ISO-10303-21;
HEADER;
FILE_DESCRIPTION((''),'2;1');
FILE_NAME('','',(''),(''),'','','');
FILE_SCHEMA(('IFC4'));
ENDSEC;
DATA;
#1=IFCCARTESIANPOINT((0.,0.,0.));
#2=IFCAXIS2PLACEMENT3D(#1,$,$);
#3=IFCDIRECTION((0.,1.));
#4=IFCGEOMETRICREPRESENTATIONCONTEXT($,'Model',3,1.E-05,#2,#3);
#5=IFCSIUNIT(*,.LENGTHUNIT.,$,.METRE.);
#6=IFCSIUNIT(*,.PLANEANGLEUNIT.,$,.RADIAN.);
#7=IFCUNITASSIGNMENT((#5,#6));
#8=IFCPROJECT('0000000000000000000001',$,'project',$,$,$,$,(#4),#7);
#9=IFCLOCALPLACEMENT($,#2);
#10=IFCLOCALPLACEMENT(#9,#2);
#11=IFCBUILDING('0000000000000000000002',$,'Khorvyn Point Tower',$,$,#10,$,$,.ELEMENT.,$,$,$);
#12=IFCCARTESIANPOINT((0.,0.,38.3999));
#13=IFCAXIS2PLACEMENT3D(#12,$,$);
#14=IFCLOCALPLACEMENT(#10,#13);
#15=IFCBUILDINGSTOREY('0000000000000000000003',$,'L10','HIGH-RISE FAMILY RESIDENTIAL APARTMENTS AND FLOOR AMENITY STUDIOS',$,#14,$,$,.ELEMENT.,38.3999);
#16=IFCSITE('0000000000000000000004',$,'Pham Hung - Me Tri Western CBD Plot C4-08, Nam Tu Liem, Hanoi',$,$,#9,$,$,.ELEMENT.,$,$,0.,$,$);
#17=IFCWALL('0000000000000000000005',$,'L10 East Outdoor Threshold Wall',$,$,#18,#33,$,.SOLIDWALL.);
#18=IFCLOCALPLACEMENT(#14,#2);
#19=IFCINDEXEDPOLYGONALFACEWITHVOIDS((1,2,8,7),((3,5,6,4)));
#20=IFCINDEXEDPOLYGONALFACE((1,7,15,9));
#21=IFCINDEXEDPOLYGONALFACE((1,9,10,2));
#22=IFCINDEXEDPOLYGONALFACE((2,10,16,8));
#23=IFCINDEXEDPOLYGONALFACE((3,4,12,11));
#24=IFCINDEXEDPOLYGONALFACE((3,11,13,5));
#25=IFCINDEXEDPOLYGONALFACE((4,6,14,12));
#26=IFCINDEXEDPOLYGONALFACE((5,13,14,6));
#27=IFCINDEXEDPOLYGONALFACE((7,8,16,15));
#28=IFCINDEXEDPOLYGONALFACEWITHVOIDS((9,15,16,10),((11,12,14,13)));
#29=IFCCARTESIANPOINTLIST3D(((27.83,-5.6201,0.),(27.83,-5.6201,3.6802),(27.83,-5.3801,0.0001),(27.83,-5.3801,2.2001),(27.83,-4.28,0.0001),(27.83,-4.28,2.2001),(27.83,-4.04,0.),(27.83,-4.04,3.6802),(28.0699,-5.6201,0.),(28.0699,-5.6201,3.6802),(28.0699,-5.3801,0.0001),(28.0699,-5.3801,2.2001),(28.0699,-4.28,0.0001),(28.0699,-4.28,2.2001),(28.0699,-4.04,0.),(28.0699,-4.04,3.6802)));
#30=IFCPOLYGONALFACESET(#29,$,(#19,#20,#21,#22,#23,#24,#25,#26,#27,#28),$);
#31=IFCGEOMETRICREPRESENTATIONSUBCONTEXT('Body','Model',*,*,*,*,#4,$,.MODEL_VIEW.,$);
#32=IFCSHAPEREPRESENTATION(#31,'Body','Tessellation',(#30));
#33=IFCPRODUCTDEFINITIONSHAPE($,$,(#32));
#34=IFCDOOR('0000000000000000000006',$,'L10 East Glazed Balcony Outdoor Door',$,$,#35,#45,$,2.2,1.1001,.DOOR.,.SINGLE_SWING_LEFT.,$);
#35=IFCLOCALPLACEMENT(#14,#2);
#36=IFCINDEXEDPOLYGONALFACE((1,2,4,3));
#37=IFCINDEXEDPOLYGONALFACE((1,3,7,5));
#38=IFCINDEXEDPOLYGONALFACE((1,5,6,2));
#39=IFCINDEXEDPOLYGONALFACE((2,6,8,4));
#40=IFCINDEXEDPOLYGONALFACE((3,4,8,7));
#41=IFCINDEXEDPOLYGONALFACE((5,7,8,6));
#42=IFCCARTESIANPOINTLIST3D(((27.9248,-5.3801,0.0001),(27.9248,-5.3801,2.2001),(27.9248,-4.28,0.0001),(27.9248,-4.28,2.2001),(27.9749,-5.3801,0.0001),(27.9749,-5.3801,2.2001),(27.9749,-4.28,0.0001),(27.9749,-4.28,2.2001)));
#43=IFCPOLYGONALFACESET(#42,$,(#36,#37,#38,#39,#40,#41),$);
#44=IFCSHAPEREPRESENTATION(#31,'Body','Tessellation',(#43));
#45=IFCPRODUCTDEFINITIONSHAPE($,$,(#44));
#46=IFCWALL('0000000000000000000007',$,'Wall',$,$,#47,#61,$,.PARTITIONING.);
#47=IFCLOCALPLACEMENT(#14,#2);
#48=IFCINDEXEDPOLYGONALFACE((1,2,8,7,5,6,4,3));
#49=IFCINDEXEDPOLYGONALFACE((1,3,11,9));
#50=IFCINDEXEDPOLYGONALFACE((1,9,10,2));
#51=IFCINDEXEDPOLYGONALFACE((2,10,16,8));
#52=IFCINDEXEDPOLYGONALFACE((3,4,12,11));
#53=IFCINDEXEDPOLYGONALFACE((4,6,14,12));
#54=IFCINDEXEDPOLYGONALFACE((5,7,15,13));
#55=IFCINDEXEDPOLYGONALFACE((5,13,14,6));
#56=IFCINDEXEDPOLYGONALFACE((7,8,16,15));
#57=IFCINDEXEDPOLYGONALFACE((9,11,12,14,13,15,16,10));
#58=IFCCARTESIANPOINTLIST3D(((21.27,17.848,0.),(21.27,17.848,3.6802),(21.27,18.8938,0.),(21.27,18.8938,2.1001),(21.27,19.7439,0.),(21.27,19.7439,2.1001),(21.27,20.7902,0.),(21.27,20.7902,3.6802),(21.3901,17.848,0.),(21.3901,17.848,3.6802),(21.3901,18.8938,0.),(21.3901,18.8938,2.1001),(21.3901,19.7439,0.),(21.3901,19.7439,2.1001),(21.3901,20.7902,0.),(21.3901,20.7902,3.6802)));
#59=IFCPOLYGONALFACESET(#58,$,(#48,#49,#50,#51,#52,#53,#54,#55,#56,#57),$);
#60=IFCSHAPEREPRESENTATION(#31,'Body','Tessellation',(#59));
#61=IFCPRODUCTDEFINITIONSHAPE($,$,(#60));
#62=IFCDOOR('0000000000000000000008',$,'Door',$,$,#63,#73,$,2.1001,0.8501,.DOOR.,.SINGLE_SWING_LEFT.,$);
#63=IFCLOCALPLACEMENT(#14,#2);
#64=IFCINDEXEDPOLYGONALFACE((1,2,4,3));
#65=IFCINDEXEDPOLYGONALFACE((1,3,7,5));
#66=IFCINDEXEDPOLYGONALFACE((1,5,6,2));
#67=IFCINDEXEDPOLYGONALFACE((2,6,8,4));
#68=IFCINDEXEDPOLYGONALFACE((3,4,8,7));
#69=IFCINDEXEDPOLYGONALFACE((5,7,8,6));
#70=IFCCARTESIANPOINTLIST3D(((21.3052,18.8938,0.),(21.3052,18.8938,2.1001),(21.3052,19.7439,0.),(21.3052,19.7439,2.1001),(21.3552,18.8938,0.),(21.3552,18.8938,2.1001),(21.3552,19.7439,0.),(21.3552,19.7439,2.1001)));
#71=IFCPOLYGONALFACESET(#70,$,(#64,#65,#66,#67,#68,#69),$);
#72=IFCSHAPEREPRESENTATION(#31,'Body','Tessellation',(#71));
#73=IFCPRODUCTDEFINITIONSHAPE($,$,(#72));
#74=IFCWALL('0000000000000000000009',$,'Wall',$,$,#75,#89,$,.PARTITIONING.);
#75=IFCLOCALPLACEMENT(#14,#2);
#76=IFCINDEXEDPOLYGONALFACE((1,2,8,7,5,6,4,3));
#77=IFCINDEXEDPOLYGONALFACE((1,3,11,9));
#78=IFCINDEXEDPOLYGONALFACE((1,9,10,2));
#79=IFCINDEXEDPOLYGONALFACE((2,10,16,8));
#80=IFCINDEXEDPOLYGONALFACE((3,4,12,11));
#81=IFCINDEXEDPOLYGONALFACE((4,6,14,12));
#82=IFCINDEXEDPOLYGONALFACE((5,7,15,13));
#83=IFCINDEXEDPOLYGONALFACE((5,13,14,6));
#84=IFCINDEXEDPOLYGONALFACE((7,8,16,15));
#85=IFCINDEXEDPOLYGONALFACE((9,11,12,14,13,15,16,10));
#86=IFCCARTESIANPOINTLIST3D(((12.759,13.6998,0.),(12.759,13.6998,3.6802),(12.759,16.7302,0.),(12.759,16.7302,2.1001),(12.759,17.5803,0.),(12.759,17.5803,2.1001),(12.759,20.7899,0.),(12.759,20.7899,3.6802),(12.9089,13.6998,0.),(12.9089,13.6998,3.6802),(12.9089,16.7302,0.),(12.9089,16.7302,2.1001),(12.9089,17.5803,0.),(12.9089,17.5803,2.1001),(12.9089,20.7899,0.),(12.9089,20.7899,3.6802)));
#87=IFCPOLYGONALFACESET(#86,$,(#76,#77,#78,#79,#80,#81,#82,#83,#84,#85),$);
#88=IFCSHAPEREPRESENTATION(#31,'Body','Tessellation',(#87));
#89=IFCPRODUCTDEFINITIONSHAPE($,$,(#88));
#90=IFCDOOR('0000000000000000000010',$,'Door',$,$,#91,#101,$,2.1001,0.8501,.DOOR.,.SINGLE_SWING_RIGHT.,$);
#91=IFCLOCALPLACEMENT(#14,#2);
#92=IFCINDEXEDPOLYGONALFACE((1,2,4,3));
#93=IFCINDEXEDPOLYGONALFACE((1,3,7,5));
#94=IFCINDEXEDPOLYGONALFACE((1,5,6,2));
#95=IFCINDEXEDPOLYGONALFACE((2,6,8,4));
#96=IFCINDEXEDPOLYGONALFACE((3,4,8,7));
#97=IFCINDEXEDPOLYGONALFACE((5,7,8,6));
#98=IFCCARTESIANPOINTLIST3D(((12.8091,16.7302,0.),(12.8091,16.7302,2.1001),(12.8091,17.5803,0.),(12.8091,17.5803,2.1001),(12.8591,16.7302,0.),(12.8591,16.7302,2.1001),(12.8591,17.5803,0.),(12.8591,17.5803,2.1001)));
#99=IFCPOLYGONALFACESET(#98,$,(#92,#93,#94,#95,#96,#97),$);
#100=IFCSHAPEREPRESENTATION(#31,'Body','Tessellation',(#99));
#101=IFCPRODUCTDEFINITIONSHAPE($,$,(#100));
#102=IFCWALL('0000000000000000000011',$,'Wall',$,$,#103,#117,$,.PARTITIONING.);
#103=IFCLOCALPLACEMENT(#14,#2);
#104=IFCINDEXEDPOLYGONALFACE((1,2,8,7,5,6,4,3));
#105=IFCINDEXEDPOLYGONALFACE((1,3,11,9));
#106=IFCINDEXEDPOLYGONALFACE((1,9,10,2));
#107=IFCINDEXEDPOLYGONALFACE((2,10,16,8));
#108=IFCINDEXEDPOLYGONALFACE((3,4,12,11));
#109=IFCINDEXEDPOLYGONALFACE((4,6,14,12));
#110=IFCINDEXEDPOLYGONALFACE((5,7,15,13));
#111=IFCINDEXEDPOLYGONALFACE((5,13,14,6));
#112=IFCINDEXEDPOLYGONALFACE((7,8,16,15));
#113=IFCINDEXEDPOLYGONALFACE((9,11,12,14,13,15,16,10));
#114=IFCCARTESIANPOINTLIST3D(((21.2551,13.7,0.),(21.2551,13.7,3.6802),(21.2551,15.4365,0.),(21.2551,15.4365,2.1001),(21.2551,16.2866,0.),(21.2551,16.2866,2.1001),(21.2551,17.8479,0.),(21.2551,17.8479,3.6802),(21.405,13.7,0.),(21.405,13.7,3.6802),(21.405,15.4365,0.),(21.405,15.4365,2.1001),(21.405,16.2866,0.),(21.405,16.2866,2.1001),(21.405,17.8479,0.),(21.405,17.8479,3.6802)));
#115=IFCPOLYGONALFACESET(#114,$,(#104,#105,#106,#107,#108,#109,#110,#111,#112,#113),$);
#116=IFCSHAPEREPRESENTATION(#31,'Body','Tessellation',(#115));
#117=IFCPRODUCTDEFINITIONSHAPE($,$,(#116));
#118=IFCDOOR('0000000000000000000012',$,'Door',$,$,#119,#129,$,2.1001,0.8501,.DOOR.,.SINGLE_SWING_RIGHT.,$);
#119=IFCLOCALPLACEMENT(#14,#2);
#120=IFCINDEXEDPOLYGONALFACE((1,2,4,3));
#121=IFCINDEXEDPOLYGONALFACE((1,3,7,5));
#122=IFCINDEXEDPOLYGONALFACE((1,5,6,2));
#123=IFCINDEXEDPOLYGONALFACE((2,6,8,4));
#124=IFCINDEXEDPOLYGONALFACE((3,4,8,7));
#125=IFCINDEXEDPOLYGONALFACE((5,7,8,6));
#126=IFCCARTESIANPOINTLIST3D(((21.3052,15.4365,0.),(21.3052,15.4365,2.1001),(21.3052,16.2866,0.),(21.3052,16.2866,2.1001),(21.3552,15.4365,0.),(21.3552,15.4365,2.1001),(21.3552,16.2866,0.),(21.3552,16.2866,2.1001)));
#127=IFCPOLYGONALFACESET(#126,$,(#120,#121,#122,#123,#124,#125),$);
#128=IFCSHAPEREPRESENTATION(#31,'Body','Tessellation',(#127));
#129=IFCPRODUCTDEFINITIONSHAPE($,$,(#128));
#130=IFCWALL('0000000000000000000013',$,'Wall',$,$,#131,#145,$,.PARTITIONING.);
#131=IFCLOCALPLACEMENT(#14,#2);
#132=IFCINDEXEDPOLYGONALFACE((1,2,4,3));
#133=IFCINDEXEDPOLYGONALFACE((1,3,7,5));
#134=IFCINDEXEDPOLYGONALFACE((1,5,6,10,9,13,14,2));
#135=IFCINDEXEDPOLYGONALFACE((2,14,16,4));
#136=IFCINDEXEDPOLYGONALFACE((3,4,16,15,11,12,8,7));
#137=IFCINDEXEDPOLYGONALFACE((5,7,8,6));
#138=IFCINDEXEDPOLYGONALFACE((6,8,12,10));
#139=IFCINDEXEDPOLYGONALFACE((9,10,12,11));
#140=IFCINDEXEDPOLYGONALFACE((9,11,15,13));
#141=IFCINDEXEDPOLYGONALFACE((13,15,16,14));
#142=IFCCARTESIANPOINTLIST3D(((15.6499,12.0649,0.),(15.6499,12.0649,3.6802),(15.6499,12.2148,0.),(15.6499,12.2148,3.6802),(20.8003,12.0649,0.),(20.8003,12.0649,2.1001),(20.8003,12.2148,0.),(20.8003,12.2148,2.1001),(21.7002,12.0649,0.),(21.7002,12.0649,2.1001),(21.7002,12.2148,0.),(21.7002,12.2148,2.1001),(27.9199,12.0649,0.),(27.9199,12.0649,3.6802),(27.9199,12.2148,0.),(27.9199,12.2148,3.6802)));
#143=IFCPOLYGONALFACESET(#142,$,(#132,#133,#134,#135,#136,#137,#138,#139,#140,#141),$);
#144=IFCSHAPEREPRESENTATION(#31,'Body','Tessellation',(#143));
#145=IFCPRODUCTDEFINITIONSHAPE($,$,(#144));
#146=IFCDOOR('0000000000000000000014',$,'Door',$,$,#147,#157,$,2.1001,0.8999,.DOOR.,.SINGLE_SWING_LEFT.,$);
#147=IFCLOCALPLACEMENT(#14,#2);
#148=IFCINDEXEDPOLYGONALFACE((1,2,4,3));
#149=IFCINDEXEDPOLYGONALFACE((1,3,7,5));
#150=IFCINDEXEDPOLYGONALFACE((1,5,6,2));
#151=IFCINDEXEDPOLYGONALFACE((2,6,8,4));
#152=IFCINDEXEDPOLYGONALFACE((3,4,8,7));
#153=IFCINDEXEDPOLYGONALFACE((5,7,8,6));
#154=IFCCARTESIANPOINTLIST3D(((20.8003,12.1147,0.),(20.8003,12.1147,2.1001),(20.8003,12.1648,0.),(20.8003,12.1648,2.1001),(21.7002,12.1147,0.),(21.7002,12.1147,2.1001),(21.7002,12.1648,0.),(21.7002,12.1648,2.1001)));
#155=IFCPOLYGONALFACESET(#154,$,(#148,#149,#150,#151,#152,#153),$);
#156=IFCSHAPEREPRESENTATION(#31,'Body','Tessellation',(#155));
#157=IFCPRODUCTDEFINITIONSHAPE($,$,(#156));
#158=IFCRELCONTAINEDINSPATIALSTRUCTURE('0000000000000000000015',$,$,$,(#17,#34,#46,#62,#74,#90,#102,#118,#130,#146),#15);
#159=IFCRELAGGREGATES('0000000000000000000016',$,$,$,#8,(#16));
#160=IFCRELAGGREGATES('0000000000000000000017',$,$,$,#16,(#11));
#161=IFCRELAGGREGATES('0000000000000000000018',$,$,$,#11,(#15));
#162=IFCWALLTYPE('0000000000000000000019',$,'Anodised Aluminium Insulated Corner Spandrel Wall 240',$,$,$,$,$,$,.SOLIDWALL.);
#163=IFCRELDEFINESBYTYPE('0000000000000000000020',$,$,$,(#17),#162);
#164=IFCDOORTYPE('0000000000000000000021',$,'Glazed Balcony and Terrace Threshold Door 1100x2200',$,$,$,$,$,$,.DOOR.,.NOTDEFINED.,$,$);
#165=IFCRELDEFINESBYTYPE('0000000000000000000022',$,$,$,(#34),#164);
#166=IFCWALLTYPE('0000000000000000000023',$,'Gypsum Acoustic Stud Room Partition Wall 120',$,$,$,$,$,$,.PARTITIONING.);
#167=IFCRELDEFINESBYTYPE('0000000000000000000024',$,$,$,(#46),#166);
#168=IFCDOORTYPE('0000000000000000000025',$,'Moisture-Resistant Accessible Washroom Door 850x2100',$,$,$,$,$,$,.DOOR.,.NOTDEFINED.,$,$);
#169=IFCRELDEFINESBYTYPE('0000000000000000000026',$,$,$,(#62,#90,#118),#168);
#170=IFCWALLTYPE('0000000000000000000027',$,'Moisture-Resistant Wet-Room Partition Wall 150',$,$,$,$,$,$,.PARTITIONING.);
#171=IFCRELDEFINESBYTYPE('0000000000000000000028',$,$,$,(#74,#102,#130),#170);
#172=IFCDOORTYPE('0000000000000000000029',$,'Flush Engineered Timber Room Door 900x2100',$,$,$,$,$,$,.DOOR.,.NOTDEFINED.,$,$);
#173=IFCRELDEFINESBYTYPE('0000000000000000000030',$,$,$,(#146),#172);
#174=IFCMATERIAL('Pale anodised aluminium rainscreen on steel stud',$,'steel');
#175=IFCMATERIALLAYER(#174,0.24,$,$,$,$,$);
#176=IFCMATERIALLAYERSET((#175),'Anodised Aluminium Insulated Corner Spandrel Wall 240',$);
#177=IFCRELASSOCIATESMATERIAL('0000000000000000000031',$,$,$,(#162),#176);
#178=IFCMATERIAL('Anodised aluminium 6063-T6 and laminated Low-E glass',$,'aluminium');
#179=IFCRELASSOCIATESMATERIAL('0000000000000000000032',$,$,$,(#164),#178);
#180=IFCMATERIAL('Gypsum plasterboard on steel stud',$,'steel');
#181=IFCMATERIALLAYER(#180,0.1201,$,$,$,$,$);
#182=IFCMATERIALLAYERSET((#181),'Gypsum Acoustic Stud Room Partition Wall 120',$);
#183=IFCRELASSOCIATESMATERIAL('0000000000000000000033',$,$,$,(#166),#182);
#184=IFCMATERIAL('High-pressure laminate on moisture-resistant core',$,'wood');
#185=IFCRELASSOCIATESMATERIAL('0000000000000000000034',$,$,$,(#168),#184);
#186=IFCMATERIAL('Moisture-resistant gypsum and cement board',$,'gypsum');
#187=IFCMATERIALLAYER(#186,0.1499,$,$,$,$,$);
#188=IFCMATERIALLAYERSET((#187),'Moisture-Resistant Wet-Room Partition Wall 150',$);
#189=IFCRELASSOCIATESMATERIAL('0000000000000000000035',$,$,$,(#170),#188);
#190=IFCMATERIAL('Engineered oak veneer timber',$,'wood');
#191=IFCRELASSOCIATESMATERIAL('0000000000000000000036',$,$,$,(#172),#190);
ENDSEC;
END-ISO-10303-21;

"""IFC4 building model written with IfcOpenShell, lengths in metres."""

from ifc_helpers import new_model, si_unit, direction, frame, frame_2d, origin, place, context, subcontext, project, spatial, rectangle, extrude, material, layer, layer_set, type_object, element, fill, save


model = new_model("IFC4")

# Units and contexts
model_context = context("Model", 3, precision=1e-05, world=origin(), true_north=direction((0.0, 1.0)))
body_context = subcontext(model_context, "Body", "Model", "MODEL_VIEW")
ifc_project = project(units=[si_unit("LENGTHUNIT", "METRE"), si_unit("PLANEANGLEUNIT", "RADIAN")], contexts=[model_context])

# Site, building, storey
site_placement = place(None, origin())
site = spatial("IfcSite", under=ifc_project, at=site_placement, Name="Pham Hung - Me Tri Western CBD Plot C4-08, Nam Tu Liem, Hanoi", CompositionType="ELEMENT", RefElevation=0.0)
building_placement = place(site_placement, origin())
building = spatial("IfcBuilding", under=site, at=building_placement, Name="Khorvyn Point Tower", CompositionType="ELEMENT")
storey_placement = place(building_placement, frame((0.0, 0.0, 38.3999)))
storey = spatial("IfcBuildingStorey", under=building, at=storey_placement, Name="L10", Description="HIGH-RISE FAMILY RESIDENTIAL APARTMENTS AND FLOOR AMENITY STUDIOS", CompositionType="ELEMENT", Elevation=38.3999)

# Shared definitions
ifc_material_1 = material(Name="Anodised aluminium 6063-T6 and laminated Low-E glass", Category="aluminium")

# Walls, openings, doors
ifc_material_2 = material(Name="Pale anodised aluminium rainscreen on steel stud", Category="steel")
ifc_layer_1 = layer(ifc_material_2, 0.24)
ifc_layer_set_1 = layer_set([ifc_layer_1], Name="Anodised Aluminium Insulated Corner Spandrel Wall 240")
wall_type_1 = type_object("IfcWallType", Name="Anodised Aluminium Insulated Corner Spandrel Wall 240", PredefinedType="SOLIDWALL", material=ifc_layer_set_1)
wall_1_placement = place(storey_placement, frame((27.95, -4.04, 0.0), z_axis=(0.0, 0.0, 1.0), x_axis=(0.0, -1.0, 0.0)))
wall_1 = element("IfcWall", 1, at=wall_1_placement, inside=storey, type_object=wall_type_1, Name="L10 East Outdoor Threshold Wall", PredefinedType="SOLIDWALL", context=body_context, shape_type="SweptSolid", body=[
    extrude(rectangle(XDim=1.5801, YDim=0.24, at=frame_2d((0.79, 0.0))), origin(), (0.0, 0.0, 1.0), 3.6802),
])
opening_1_placement = place(wall_1_placement, frame((0.24, 0.0, 0.0)))
opening_1 = element("IfcOpeningElement", 2, at=opening_1_placement, cuts=wall_1, PredefinedType="OPENING", context=body_context, shape_type="SweptSolid", body=[
    extrude(rectangle(XDim=1.1001, YDim=2.2, at=frame_2d((0.55, 1.1001))), frame((0.0, 0.1299, 0.0), z_axis=(0.0, -1.0, 0.0), x_axis=(1.0, 0.0, 0.0)), (0.0, 0.0, 1.0), 0.26),
])
door_type_1 = type_object("IfcDoorType", Name="Glazed Balcony and Terrace Threshold Door 1100x2200", OperationType="NOTDEFINED", PredefinedType="DOOR", material=ifc_material_1)
door_1_placement = place(opening_1_placement, origin())
door_1 = element("IfcDoor", 3, at=door_1_placement, inside=storey, type_object=door_type_1, Name="L10 East Glazed Balcony Outdoor Door", OperationType="SINGLE_SWING_LEFT", OverallHeight=2.2, OverallWidth=1.1001, PredefinedType="DOOR", context=body_context, shape_type="SweptSolid", body=[
    extrude(rectangle(XDim=1.1001, YDim=2.2, at=frame_2d((0.55, 1.1001))), frame((0.0, 0.0249, 0.0), z_axis=(0.0, -1.0, 0.0), x_axis=(1.0, 0.0, 0.0)), (0.0, 0.0, 1.0), 0.05),
])
fill(opening_1, door_1)
ifc_material_3 = material(Name="Gypsum plasterboard on steel stud", Category="steel")
ifc_layer_2 = layer(ifc_material_3, 0.1201)
ifc_layer_set_2 = layer_set([ifc_layer_2], Name="Gypsum Acoustic Stud Room Partition Wall 120")
wall_type_2 = type_object("IfcWallType", Name="Gypsum Acoustic Stud Room Partition Wall 120", PredefinedType="PARTITIONING", material=ifc_layer_set_2)
wall_2_placement = place(storey_placement, frame((21.3301, 17.8479, 0.0), z_axis=(0.0, 0.0, 1.0), x_axis=(0.0, 1.0, 0.0)))
wall_2 = element("IfcWall", 4, at=wall_2_placement, inside=storey, type_object=wall_type_2, Name="Wall", PredefinedType="PARTITIONING", context=body_context, shape_type="SweptSolid", body=[
    extrude(rectangle(XDim=2.9421, YDim=0.1201, at=frame_2d((1.4712, 0.0))), origin(), (0.0, 0.0, 1.0), 3.6802),
])
opening_2_placement = place(wall_2_placement, frame((1.0459, 0.0, 0.0)))
opening_2 = element("IfcOpeningElement", 5, at=opening_2_placement, cuts=wall_2, PredefinedType="OPENING", context=body_context, shape_type="SweptSolid", body=[
    extrude(rectangle(XDim=0.8501, YDim=2.1001, at=frame_2d((0.425, 1.05))), frame((0.0, 0.0701, 0.0), z_axis=(0.0, -1.0, 0.0), x_axis=(1.0, 0.0, 0.0)), (0.0, 0.0, 1.0), 0.1401),
])
ifc_material_4 = material(Name="High-pressure laminate on moisture-resistant core", Category="wood")
door_type_2 = type_object("IfcDoorType", Name="Moisture-Resistant Accessible Washroom Door 850x2100", OperationType="NOTDEFINED", PredefinedType="DOOR", material=ifc_material_4)
door_2_placement = place(opening_2_placement, origin())
door_2 = element("IfcDoor", 6, at=door_2_placement, inside=storey, type_object=door_type_2, Name="Door", OperationType="SINGLE_SWING_LEFT", OverallHeight=2.1001, OverallWidth=0.8501, PredefinedType="DOOR", context=body_context, shape_type="SweptSolid", body=[
    extrude(rectangle(XDim=0.8501, YDim=2.1001, at=frame_2d((0.425, 1.05))), frame((0.0, 0.0249, 0.0), z_axis=(0.0, -1.0, 0.0), x_axis=(1.0, 0.0, 0.0)), (0.0, 0.0, 1.0), 0.05),
])
fill(opening_2, door_2)
ifc_material_5 = material(Name="Moisture-resistant gypsum and cement board", Category="gypsum")
ifc_layer_3 = layer(ifc_material_5, 0.1499)
ifc_layer_set_3 = layer_set([ifc_layer_3], Name="Moisture-Resistant Wet-Room Partition Wall 150")
wall_type_3 = type_object("IfcWallType", Name="Moisture-Resistant Wet-Room Partition Wall 150", PredefinedType="PARTITIONING", material=ifc_layer_set_3)
wall_3_placement = place(storey_placement, frame((12.834, 13.7, 0.0), z_axis=(0.0, 0.0, 1.0), x_axis=(0.0, 1.0, 0.0)))
wall_3 = element("IfcWall", 7, at=wall_3_placement, inside=storey, type_object=wall_type_3, Name="Wall", PredefinedType="PARTITIONING", context=body_context, shape_type="SweptSolid", body=[
    extrude(rectangle(XDim=7.0901, YDim=0.1499, at=frame_2d((3.5449, 0.0))), origin(), (0.0, 0.0, 1.0), 3.6802),
])
opening_3_placement = place(wall_3_placement, frame((3.0303, 0.0, 0.0)))
opening_3 = element("IfcOpeningElement", 8, at=opening_3_placement, cuts=wall_3, PredefinedType="OPENING", context=body_context, shape_type="SweptSolid", body=[
    extrude(rectangle(XDim=0.8501, YDim=2.1001, at=frame_2d((0.425, 1.05))), frame((0.0, 0.085, 0.0), z_axis=(0.0, -1.0, 0.0), x_axis=(1.0, 0.0, 0.0)), (0.0, 0.0, 1.0), 0.1699),
])
door_3_placement = place(opening_3_placement, origin())
door_3 = element("IfcDoor", 9, at=door_3_placement, inside=storey, type_object=door_type_2, Name="Door", OperationType="SINGLE_SWING_RIGHT", OverallHeight=2.1001, OverallWidth=0.8501, PredefinedType="DOOR", context=body_context, shape_type="SweptSolid", body=[
    extrude(rectangle(XDim=0.8501, YDim=2.1001, at=frame_2d((0.425, 1.05))), frame((0.0, 0.0249, 0.0), z_axis=(0.0, -1.0, 0.0), x_axis=(1.0, 0.0, 0.0)), (0.0, 0.0, 1.0), 0.05),
])
fill(opening_3, door_3)
wall_4_placement = place(storey_placement, frame((21.3301, 13.7, 0.0), z_axis=(0.0, 0.0, 1.0), x_axis=(0.0, 1.0, 0.0)))
wall_4 = element("IfcWall", 10, at=wall_4_placement, inside=storey, type_object=wall_type_3, Name="Wall", PredefinedType="PARTITIONING", context=body_context, shape_type="SweptSolid", body=[
    extrude(rectangle(XDim=4.1479, YDim=0.1499, at=frame_2d((2.074, 0.0))), origin(), (0.0, 0.0, 1.0), 3.6802),
])
opening_4_placement = place(wall_4_placement, frame((1.7366, 0.0, 0.0)))
opening_4 = element("IfcOpeningElement", 11, at=opening_4_placement, cuts=wall_4, PredefinedType="OPENING", context=body_context, shape_type="SweptSolid", body=[
    extrude(rectangle(XDim=0.8501, YDim=2.1001, at=frame_2d((0.425, 1.05))), frame((0.0, 0.085, 0.0), z_axis=(0.0, -1.0, 0.0), x_axis=(1.0, 0.0, 0.0)), (0.0, 0.0, 1.0), 0.1699),
])
door_4_placement = place(opening_4_placement, origin())
door_4 = element("IfcDoor", 12, at=door_4_placement, inside=storey, type_object=door_type_2, Name="Door", OperationType="SINGLE_SWING_RIGHT", OverallHeight=2.1001, OverallWidth=0.8501, PredefinedType="DOOR", context=body_context, shape_type="SweptSolid", body=[
    extrude(rectangle(XDim=0.8501, YDim=2.1001, at=frame_2d((0.425, 1.05))), frame((0.0, 0.0249, 0.0), z_axis=(0.0, -1.0, 0.0), x_axis=(1.0, 0.0, 0.0)), (0.0, 0.0, 1.0), 0.05),
])
fill(opening_4, door_4)
wall_5_placement = place(storey_placement, frame((15.6499, 12.1399, 0.0), z_axis=(0.0, 0.0, 1.0), x_axis=(1.0, 0.0, 0.0)))
wall_5 = element("IfcWall", 13, at=wall_5_placement, inside=storey, type_object=wall_type_3, Name="Wall", PredefinedType="PARTITIONING", context=body_context, shape_type="SweptSolid", body=[
    extrude(rectangle(XDim=12.27, YDim=0.1499, at=frame_2d((6.135, 0.0))), origin(), (0.0, 0.0, 1.0), 3.6802),
])
opening_5_placement = place(wall_5_placement, frame((5.1504, 0.0, 0.0)))
opening_5 = element("IfcOpeningElement", 14, at=opening_5_placement, cuts=wall_5, PredefinedType="OPENING", context=body_context, shape_type="SweptSolid", body=[
    extrude(rectangle(XDim=0.8999, YDim=2.1001, at=frame_2d((0.45, 1.05))), frame((0.0, 0.085, 0.0), z_axis=(0.0, -1.0, 0.0), x_axis=(1.0, 0.0, 0.0)), (0.0, 0.0, 1.0), 0.1699),
])
ifc_material_6 = material(Name="Engineered oak veneer timber", Category="wood")
door_type_3 = type_object("IfcDoorType", Name="Flush Engineered Timber Room Door 900x2100", OperationType="NOTDEFINED", PredefinedType="DOOR", material=ifc_material_6)
door_5_placement = place(opening_5_placement, origin())
door_5 = element("IfcDoor", 15, at=door_5_placement, inside=storey, type_object=door_type_3, Name="Door", OperationType="SINGLE_SWING_LEFT", OverallHeight=2.1001, OverallWidth=0.8999, PredefinedType="DOOR", context=body_context, shape_type="SweptSolid", body=[
    extrude(rectangle(XDim=0.8999, YDim=2.1001, at=frame_2d((0.45, 1.05))), frame((0.0, 0.0249, 0.0), z_axis=(0.0, -1.0, 0.0), x_axis=(1.0, 0.0, 0.0)), (0.0, 0.0, 1.0), 0.05),
])
fill(opening_5, door_5)

save(model, "model.ifc")
